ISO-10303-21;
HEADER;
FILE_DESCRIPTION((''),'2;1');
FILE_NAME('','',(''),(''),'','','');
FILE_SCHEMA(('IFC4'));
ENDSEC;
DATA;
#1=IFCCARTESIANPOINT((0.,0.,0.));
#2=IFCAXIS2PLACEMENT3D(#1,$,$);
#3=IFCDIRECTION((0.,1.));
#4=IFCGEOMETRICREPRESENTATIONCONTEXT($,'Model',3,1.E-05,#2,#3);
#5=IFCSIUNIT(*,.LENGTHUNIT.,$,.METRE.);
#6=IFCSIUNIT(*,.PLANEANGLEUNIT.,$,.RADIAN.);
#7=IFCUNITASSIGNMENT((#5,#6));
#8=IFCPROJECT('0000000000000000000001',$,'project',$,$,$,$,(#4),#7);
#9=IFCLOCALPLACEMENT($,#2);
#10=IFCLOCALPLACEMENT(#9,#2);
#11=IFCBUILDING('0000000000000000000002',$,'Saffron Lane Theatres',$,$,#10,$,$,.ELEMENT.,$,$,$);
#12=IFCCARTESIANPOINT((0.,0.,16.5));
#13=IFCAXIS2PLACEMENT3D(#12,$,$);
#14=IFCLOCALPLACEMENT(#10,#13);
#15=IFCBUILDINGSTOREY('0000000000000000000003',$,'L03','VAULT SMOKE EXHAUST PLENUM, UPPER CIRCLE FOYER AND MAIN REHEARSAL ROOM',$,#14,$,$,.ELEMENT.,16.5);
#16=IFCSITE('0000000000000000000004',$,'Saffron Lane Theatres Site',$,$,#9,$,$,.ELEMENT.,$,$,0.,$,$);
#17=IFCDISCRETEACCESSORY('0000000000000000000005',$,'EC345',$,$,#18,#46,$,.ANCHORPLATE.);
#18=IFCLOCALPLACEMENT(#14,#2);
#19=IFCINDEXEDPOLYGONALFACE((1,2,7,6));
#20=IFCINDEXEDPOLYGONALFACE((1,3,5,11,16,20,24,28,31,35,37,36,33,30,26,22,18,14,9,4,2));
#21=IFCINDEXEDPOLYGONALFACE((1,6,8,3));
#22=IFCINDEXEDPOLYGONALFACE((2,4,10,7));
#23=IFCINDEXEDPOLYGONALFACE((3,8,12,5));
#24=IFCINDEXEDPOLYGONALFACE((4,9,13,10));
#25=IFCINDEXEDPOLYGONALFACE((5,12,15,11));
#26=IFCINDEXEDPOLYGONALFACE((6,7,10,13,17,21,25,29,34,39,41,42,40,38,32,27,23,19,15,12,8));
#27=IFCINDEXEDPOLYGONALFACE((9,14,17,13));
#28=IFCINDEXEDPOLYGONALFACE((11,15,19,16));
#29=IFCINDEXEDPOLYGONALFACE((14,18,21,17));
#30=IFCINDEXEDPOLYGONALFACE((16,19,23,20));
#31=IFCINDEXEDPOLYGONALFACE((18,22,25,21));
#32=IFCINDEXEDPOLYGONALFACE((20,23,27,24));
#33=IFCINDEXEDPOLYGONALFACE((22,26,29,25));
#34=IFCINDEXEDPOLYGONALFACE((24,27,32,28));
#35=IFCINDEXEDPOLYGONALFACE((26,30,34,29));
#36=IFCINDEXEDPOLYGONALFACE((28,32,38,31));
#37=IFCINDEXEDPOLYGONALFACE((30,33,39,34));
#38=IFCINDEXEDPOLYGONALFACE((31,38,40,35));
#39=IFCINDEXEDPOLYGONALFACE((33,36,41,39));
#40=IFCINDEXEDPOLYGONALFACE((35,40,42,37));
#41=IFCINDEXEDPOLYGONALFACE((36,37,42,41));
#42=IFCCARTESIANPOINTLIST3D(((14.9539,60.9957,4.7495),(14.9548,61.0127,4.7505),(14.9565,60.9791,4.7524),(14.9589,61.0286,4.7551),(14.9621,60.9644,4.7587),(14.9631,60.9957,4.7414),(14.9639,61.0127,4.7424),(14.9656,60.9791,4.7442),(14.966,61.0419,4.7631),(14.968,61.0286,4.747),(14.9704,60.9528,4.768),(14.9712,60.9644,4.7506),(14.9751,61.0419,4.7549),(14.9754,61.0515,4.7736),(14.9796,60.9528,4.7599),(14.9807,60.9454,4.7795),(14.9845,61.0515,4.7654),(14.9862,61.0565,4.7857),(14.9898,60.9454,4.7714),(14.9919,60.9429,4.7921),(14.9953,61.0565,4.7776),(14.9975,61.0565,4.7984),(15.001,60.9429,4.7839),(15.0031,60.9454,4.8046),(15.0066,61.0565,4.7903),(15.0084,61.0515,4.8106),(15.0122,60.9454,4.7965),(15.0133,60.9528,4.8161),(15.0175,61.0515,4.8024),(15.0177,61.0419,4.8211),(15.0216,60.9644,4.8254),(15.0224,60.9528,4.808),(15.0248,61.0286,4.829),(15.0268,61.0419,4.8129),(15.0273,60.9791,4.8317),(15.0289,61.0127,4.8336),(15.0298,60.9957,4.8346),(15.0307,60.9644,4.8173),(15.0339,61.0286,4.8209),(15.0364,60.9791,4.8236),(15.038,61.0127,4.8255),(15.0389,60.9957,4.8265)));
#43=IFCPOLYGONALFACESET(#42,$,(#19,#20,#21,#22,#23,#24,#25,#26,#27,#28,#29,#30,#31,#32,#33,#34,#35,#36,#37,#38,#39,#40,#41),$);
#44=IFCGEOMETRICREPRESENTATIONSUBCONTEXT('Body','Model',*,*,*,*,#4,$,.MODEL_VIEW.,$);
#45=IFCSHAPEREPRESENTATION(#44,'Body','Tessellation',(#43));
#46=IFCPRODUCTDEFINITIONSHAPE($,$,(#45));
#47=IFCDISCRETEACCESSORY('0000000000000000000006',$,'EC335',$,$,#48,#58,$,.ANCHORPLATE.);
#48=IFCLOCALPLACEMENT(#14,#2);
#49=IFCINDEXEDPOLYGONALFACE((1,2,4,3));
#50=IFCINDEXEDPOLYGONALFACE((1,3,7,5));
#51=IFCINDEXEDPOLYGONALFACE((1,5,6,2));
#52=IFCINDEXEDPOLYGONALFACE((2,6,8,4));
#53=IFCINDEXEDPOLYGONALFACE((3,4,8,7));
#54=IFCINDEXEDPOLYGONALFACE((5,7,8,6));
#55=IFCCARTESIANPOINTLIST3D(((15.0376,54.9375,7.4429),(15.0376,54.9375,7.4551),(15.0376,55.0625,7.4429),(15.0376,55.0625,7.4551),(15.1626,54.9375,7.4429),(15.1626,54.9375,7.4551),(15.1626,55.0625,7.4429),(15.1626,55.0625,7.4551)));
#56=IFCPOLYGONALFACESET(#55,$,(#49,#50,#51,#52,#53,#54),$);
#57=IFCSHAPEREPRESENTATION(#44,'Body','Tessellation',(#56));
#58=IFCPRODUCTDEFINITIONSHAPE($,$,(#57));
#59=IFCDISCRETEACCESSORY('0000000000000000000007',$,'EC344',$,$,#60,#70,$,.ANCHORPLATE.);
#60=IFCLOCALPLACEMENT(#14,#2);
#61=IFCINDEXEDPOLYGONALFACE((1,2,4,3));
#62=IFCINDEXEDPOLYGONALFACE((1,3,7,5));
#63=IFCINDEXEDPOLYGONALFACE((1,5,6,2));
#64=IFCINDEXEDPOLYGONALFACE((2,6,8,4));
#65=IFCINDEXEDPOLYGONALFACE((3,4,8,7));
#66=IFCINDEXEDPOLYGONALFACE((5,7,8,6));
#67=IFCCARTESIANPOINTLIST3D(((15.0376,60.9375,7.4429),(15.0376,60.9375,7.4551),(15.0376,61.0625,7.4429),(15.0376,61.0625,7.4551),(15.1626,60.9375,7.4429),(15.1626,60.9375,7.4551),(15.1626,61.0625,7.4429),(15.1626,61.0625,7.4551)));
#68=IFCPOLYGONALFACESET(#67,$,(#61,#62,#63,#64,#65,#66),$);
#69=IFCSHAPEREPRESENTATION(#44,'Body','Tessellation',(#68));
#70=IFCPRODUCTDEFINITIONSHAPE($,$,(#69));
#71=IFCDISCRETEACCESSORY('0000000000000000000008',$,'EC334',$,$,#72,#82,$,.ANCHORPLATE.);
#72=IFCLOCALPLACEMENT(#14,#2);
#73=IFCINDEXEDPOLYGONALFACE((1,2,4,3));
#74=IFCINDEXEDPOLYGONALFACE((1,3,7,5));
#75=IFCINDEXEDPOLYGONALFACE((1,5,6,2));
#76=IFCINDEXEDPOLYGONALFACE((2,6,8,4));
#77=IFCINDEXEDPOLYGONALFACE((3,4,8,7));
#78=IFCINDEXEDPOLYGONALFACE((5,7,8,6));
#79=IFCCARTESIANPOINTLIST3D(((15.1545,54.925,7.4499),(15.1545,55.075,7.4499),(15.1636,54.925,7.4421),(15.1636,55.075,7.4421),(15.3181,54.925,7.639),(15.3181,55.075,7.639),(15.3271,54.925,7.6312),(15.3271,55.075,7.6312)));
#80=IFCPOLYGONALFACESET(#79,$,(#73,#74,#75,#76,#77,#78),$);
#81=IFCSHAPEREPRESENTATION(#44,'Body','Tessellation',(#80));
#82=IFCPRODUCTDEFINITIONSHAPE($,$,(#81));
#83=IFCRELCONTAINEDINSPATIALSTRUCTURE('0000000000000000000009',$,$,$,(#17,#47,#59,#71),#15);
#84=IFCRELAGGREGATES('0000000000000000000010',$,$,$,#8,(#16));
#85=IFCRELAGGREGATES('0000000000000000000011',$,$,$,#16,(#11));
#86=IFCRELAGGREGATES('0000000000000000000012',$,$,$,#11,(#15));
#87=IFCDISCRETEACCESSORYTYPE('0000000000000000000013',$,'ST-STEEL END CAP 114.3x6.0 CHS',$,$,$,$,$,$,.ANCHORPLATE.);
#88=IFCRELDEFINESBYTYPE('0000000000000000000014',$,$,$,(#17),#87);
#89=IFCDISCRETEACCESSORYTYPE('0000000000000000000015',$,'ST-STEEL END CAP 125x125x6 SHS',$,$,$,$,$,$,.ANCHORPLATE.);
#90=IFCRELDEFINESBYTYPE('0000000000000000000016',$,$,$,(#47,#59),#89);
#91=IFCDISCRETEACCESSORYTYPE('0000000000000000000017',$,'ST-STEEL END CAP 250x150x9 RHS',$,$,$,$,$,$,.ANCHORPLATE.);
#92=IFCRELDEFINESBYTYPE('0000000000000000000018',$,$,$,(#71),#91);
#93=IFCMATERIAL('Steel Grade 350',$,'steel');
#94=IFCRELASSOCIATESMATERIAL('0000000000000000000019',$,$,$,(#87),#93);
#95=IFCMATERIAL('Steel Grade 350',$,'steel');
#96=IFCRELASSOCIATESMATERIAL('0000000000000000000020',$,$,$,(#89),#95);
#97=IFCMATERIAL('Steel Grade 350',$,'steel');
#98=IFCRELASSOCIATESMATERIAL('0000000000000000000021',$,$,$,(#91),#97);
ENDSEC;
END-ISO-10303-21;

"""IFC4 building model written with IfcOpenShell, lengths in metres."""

from ifc_helpers import new_model, si_unit, direction, frame, origin, origin_2d, place, context, subcontext, project, spatial, rectangle, circle, extrude, material, material_profile, profile_set, type_object, element, save


model = new_model("IFC4")

# Units and contexts
model_context = context("Model", 3, precision=1e-05, world=origin(), true_north=direction((0.0, 1.0)))
body_context = subcontext(model_context, "Body", "Model", "MODEL_VIEW")
ifc_project = project(units=[si_unit("LENGTHUNIT", "METRE"), si_unit("PLANEANGLEUNIT", "RADIAN")], contexts=[model_context])

# Site, building, storey
site_placement = place(None, origin())
site = spatial("IfcSite", under=ifc_project, at=site_placement, Name="Saffron Lane Theatres Site", CompositionType="ELEMENT", RefElevation=0.0)
building_placement = place(site_placement, origin())
building = spatial("IfcBuilding", under=site, at=building_placement, Name="Saffron Lane Theatres", CompositionType="ELEMENT")
storey_placement = place(building_placement, frame((0.0, 0.0, 16.5)))
storey = spatial("IfcBuildingStorey", under=building, at=storey_placement, Name="L03", Description="VAULT SMOKE EXHAUST PLENUM, UPPER CIRCLE FOYER AND MAIN REHEARSAL ROOM", CompositionType="ELEMENT", Elevation=16.5)

# Discrete accessories
ifc_material_1 = material(Name="Steel Grade 350", Category="steel")
ifc_material_profile_1 = material_profile(ifc_material_1, circle(Radius=0.0571, at=origin_2d()))
ifc_profile_set_1 = profile_set([ifc_material_profile_1], Name="Steel Grade 350")
discrete_accessory_type_1 = type_object("IfcDiscreteAccessoryType", Name="ST-STEEL END CAP 114.3x6.0 CHS", PredefinedType="ANCHORPLATE", material=ifc_profile_set_1)
discrete_accessory_1_placement = place(storey_placement, frame((15.001, 61.0, 4.7839), z_axis=(-0.746295, 0.0, 0.665615), x_axis=(0.0, -1.0, 0.0)))
element("IfcDiscreteAccessory", 1, at=discrete_accessory_1_placement, inside=storey, type_object=discrete_accessory_type_1, Name="EC345", PredefinedType="ANCHORPLATE", context=body_context, shape_type="SweptSolid", body=[
    extrude(circle(Radius=0.0571, at=origin_2d()), origin(), (0.0, 0.0, 1.0), 0.0122),
])
ifc_material_2 = material(Name="Steel Grade 350", Category="steel")
ifc_material_profile_2 = material_profile(ifc_material_2, rectangle(XDim=0.125, YDim=0.125, at=origin_2d()))
ifc_profile_set_2 = profile_set([ifc_material_profile_2], Name="Steel Grade 350")
discrete_accessory_type_2 = type_object("IfcDiscreteAccessoryType", Name="ST-STEEL END CAP 125x125x6 SHS", PredefinedType="ANCHORPLATE", material=ifc_profile_set_2)
for number, where, z_axis, x_axis, name in (
    (2, (15.1001, 55.0, 7.4429), (0.0, 0.0, 1.0), (1.0, 0.0, 0.0), "EC335"),
    (3, (15.1001, 61.0, 7.4429), (0.0, 0.0, 1.0), (1.0, 0.0, 0.0), "EC344"),
):
    element("IfcDiscreteAccessory", number, at=place(storey_placement, frame(where, z_axis=z_axis, x_axis=x_axis)), inside=storey, type_object=discrete_accessory_type_2, Name=name, PredefinedType="ANCHORPLATE", context=body_context, shape_type="SweptSolid", body=[
        extrude(rectangle(XDim=0.125, YDim=0.125, at=origin_2d()), origin(), (0.0, 0.0, 1.0), 0.0122),
    ])
ifc_material_3 = material(Name="Steel Grade 350", Category="steel")
ifc_material_profile_3 = material_profile(ifc_material_3, rectangle(XDim=0.1499, YDim=0.25, at=origin_2d()))
ifc_profile_set_3 = profile_set([ifc_material_profile_3], Name="Steel Grade 350")
discrete_accessory_type_3 = type_object("IfcDiscreteAccessoryType", Name="ST-STEEL END CAP 250x150x9 RHS", PredefinedType="ANCHORPLATE", material=ifc_profile_set_3)
discrete_accessory_2_placement = place(storey_placement, frame((15.2454, 55.0, 7.5366), z_axis=(-0.756363, 0.0, 0.654152), x_axis=(0.0, -1.0, 0.0)))
element("IfcDiscreteAccessory", 4, at=discrete_accessory_2_placement, inside=storey, type_object=discrete_accessory_type_3, Name="EC334", PredefinedType="ANCHORPLATE", context=body_context, shape_type="SweptSolid", body=[
    extrude(rectangle(XDim=0.1499, YDim=0.25, at=origin_2d()), origin(), (0.0, 0.0, 1.0), 0.012),
])

save(model, "model.ifc")
